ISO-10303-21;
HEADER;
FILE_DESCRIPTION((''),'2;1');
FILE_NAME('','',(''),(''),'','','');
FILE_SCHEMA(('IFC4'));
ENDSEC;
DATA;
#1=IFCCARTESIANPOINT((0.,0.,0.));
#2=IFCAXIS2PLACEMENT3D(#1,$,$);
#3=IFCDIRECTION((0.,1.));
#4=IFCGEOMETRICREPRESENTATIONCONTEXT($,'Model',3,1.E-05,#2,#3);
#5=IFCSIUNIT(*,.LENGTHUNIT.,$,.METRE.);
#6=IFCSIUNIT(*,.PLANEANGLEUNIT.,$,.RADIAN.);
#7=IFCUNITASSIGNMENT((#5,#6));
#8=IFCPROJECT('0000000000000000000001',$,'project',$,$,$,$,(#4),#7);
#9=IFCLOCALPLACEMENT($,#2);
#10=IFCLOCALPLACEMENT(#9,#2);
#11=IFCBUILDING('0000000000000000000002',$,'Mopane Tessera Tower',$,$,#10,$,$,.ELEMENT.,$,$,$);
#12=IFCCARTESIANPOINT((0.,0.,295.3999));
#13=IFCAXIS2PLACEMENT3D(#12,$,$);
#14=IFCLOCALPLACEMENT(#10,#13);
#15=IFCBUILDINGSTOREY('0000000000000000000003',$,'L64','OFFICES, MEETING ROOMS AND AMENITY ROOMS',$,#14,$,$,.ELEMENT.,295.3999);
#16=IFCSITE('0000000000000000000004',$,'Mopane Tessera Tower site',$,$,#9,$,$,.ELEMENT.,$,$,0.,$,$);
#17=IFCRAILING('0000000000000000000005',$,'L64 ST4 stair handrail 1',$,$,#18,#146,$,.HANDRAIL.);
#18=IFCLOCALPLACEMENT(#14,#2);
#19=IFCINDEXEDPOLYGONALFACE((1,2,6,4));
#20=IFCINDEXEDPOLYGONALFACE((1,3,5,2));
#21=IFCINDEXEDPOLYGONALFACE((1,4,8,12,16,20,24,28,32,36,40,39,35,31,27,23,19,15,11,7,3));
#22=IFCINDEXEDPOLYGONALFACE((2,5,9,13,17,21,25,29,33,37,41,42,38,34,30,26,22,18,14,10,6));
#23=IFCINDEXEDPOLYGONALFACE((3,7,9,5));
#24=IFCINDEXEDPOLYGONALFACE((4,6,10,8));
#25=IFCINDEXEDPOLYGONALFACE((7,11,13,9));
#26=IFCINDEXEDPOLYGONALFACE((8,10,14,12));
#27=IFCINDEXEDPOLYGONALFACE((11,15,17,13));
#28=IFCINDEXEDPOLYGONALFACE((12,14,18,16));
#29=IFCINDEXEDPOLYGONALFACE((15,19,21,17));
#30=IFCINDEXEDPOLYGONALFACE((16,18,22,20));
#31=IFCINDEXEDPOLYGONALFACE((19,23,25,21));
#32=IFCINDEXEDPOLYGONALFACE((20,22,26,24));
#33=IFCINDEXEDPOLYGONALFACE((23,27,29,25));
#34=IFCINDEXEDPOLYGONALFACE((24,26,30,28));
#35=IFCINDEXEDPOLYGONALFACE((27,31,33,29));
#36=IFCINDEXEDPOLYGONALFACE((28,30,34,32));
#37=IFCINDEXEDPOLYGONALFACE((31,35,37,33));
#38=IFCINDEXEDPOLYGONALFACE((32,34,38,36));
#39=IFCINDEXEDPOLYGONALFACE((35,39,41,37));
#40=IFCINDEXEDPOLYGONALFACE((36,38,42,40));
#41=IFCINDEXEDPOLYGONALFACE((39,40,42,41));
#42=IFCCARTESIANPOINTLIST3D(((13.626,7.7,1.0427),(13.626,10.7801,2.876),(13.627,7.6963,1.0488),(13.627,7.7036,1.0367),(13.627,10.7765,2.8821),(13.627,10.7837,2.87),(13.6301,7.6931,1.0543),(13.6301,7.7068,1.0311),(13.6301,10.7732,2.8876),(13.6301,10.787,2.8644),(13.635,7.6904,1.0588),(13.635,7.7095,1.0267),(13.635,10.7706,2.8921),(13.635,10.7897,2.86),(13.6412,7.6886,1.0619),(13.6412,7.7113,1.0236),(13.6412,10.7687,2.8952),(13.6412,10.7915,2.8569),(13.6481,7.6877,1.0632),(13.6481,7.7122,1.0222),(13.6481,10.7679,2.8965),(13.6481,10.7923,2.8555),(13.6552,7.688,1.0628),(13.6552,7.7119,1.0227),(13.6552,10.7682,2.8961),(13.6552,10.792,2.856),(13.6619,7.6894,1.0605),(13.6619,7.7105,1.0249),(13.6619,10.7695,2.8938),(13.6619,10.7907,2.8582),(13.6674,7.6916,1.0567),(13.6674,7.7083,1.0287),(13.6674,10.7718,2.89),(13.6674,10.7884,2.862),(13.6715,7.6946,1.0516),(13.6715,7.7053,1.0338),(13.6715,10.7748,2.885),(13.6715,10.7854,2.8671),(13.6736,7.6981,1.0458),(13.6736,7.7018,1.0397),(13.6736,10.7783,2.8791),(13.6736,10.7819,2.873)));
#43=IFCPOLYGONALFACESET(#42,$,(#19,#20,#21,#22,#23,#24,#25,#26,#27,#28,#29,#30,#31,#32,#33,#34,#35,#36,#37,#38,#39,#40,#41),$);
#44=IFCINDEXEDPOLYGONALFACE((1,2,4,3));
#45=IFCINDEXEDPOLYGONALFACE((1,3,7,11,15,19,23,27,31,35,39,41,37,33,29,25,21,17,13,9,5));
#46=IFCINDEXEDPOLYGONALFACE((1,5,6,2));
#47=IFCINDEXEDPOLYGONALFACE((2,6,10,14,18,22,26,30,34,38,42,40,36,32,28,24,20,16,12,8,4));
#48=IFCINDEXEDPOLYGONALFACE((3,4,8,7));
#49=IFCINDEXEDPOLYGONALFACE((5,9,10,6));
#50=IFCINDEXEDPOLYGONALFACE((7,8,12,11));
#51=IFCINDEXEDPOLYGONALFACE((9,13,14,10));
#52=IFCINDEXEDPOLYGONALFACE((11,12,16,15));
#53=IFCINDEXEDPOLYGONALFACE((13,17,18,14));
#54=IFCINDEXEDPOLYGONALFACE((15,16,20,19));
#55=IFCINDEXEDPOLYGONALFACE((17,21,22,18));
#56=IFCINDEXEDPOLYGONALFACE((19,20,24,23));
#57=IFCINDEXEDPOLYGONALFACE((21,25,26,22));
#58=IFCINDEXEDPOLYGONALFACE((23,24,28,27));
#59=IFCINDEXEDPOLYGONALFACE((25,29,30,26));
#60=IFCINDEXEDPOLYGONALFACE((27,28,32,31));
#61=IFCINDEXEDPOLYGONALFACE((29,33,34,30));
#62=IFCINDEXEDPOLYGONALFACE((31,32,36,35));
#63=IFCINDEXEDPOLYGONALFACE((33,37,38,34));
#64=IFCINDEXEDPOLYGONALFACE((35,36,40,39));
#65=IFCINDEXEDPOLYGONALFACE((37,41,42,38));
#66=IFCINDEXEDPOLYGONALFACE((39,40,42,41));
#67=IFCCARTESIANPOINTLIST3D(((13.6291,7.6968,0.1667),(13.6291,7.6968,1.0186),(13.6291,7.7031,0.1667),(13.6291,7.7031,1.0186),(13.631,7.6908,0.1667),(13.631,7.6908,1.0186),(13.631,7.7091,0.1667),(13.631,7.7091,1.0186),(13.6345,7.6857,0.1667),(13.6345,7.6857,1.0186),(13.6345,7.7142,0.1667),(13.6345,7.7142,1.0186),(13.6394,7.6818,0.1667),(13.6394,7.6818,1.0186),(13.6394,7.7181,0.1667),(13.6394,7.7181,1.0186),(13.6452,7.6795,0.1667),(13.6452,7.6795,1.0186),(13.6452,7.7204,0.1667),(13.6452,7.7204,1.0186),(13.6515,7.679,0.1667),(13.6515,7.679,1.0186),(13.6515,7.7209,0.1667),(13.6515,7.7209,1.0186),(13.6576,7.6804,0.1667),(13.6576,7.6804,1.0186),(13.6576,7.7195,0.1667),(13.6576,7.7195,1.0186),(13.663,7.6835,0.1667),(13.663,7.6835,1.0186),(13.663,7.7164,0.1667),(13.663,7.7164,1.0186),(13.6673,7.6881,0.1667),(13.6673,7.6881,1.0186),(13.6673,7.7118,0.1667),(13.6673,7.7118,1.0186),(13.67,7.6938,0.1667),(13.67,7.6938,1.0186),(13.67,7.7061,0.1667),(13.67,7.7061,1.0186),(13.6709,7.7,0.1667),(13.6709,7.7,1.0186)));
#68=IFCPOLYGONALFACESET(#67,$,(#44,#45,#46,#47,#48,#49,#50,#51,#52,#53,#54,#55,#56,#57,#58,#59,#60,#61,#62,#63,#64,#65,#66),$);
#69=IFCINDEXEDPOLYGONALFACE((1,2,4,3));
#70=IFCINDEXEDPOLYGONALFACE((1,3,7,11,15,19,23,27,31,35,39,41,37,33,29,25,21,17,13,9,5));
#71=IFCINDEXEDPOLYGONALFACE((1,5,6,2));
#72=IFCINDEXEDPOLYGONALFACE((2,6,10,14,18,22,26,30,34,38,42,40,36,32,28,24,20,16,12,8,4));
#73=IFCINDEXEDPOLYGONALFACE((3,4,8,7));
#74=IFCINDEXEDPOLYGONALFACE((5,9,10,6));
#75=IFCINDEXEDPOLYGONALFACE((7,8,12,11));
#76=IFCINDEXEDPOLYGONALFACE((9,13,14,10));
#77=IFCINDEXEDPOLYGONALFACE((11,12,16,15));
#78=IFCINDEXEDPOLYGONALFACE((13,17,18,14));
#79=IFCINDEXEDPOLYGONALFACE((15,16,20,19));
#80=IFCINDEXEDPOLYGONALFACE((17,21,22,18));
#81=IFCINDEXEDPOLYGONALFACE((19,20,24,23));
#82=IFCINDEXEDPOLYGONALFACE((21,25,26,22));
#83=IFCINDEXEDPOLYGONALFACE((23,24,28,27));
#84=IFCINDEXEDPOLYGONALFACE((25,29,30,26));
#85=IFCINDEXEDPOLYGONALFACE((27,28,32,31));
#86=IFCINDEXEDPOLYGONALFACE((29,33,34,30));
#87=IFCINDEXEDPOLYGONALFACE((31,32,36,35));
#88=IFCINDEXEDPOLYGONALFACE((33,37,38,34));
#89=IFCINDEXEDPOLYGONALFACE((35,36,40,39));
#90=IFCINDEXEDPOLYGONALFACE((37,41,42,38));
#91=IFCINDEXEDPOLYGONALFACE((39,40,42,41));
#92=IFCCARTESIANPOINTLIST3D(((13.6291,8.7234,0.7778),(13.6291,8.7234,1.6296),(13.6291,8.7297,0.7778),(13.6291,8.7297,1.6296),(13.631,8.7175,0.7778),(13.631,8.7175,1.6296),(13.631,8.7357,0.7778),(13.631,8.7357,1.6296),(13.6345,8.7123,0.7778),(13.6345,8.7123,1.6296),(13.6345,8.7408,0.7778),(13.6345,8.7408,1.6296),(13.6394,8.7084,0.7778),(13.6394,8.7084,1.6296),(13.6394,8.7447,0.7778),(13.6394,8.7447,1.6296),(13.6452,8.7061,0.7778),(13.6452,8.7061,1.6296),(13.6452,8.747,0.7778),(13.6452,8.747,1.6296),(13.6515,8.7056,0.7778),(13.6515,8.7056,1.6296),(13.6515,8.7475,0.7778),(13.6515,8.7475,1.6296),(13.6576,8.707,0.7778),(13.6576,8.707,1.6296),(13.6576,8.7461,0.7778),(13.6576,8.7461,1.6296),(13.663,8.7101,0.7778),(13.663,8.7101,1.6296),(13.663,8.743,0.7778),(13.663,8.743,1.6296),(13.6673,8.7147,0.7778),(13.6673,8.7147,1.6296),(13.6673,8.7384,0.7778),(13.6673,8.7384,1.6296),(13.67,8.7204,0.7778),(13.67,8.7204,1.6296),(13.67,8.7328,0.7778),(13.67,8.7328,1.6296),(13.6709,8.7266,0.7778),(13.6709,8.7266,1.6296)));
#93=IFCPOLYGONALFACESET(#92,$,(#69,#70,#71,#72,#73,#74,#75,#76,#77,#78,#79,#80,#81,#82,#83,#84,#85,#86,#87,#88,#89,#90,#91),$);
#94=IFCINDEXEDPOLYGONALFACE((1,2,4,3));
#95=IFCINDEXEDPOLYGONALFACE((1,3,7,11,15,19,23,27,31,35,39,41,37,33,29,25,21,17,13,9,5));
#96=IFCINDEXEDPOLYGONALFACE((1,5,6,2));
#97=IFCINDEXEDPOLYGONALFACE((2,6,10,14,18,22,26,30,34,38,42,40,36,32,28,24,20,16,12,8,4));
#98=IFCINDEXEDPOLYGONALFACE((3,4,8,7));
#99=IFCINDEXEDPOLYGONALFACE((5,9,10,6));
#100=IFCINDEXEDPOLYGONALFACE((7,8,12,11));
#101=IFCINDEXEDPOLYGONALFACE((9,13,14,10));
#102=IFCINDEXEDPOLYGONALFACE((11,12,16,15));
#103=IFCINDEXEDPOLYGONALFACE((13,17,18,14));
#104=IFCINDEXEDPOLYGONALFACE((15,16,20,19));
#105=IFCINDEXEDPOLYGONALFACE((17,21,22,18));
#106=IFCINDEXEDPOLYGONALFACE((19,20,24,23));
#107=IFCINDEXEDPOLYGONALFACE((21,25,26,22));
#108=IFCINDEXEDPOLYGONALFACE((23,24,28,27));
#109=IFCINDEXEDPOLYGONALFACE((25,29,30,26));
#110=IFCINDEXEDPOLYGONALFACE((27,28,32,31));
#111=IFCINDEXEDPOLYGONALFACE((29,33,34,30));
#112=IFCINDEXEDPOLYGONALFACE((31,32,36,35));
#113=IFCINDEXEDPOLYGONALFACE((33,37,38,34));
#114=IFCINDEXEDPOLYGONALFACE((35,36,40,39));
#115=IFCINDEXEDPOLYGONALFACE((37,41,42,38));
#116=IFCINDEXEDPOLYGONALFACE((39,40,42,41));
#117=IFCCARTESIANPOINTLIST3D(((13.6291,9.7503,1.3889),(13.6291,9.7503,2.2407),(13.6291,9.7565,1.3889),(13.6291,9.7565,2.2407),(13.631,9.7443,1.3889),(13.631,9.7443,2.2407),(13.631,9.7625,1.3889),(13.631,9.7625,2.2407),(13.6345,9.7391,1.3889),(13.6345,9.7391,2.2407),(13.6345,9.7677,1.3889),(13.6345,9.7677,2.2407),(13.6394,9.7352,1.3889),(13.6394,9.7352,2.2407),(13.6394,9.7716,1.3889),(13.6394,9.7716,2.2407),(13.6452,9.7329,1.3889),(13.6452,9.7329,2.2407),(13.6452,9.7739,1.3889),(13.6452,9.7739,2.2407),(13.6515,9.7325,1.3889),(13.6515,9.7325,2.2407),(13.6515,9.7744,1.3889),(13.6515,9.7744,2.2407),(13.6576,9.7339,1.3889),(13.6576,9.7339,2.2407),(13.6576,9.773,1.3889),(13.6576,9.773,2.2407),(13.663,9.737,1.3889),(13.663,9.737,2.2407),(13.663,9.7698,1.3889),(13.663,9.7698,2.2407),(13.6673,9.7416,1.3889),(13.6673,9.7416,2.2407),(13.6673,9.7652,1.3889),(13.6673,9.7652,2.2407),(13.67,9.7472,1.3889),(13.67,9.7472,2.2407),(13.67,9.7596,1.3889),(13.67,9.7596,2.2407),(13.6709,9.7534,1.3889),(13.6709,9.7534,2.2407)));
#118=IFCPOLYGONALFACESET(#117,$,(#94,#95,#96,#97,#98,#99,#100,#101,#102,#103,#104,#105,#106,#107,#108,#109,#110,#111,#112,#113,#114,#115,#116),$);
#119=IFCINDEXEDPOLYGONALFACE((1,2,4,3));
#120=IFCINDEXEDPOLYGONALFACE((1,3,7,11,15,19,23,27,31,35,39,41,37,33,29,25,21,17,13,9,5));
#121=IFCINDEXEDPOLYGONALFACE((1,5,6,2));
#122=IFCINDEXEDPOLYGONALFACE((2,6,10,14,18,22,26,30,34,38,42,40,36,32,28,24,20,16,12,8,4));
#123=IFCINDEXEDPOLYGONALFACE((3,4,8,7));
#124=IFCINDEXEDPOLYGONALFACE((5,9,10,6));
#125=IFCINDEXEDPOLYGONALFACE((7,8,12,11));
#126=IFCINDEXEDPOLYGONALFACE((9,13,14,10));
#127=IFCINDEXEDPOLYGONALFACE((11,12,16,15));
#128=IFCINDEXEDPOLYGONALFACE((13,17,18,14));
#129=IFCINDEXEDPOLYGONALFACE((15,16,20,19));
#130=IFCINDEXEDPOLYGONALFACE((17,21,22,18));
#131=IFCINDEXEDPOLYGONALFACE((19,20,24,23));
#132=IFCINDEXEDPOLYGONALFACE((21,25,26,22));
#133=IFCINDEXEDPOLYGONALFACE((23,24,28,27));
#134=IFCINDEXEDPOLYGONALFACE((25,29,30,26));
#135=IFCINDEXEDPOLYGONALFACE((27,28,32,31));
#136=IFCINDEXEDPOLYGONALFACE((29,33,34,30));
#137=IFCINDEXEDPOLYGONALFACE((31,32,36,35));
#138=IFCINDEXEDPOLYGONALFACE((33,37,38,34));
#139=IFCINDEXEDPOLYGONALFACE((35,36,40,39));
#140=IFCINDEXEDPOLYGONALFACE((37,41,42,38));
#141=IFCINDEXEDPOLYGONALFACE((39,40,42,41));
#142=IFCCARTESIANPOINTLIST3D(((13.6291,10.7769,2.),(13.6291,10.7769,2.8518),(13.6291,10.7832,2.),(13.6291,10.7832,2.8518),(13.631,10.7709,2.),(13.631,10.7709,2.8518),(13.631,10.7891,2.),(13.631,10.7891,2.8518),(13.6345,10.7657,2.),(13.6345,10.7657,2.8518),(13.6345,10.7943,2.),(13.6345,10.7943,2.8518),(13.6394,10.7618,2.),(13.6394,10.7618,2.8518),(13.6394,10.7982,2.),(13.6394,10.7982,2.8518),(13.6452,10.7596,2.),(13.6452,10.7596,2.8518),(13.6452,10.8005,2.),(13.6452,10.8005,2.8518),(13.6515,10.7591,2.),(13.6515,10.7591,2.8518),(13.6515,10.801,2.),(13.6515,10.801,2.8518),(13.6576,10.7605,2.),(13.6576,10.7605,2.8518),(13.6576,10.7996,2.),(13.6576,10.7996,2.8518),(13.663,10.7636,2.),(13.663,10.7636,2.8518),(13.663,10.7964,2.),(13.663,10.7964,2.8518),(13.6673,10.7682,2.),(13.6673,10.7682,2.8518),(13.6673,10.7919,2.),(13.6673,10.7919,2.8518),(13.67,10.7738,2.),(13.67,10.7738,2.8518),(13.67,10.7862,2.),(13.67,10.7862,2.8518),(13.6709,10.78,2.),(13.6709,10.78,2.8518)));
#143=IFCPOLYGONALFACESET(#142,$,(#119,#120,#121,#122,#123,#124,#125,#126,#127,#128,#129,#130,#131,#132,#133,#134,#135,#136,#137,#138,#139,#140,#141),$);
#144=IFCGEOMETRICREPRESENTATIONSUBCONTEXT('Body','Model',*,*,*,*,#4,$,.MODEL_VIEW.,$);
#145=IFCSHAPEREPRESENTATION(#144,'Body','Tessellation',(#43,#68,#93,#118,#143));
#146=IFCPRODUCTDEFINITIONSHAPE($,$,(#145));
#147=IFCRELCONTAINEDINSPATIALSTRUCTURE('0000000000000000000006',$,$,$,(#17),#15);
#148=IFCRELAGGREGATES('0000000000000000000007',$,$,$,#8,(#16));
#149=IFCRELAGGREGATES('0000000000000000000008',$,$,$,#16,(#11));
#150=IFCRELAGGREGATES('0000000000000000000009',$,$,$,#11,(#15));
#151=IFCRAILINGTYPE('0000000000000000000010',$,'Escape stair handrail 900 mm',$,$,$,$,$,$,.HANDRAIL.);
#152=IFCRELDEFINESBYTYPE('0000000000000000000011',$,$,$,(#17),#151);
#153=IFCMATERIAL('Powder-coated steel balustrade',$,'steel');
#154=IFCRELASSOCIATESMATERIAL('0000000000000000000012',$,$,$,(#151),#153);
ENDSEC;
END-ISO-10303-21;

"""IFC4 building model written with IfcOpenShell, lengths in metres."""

from ifc_helpers import new_model, si_unit, direction, frame, origin, origin_2d, place, context, subcontext, project, spatial, circle, extrude, material, type_object, element, save


model = new_model("IFC4")

# Units and contexts
model_context = context("Model", 3, precision=1e-05, world=origin(), true_north=direction((0.0, 1.0)))
body_context = subcontext(model_context, "Body", "Model", "MODEL_VIEW")
ifc_project = project(units=[si_unit("LENGTHUNIT", "METRE"), si_unit("PLANEANGLEUNIT", "RADIAN")], contexts=[model_context])

# Site, building, storey
site_placement = place(None, origin())
site = spatial("IfcSite", under=ifc_project, at=site_placement, Name="Mopane Tessera Tower site", CompositionType="ELEMENT", RefElevation=0.0)
building_placement = place(site_placement, origin())
building = spatial("IfcBuilding", under=site, at=building_placement, Name="Mopane Tessera Tower", CompositionType="ELEMENT")
storey_placement = place(building_placement, frame((0.0, 0.0, 295.3999)))
storey = spatial("IfcBuildingStorey", under=building, at=storey_placement, Name="L64", Description="OFFICES, MEETING ROOMS AND AMENITY ROOMS", CompositionType="ELEMENT", Elevation=295.3999)

# Railing
ifc_material_1 = material(Name="Powder-coated steel balustrade", Category="steel")
railing_type_1 = type_object("IfcRailingType", Name="Escape stair handrail 900 mm", PredefinedType="HANDRAIL", material=ifc_material_1)
railing_1_placement = place(storey_placement, frame((13.6499, 7.7, 0.1667)))
element("IfcRailing", 1, at=railing_1_placement, inside=storey, type_object=railing_type_1, Name="L64 ST4 stair handrail 1", PredefinedType="HANDRAIL", context=body_context, shape_type="SweptSolid", body=[
    extrude(circle(Radius=0.0239, at=origin_2d()), frame((0.0, 0.0, 0.876), z_axis=(0.0, 0.859309, 0.511458), x_axis=(-1.0, 0.0, 0.0)), (0.0, 0.0, 1.0), 3.5845),
    extrude(circle(Radius=0.021, at=origin_2d()), origin(), (0.0, 0.0, 1.0), 0.8518),
    extrude(circle(Radius=0.021, at=origin_2d()), frame((0.0, 1.0266, 0.6111)), (0.0, 0.0, 1.0), 0.8518),
    extrude(circle(Radius=0.021, at=origin_2d()), frame((0.0, 2.0535, 1.2222)), (0.0, 0.0, 1.0), 0.8518),
    extrude(circle(Radius=0.021, at=origin_2d()), frame((0.0, 3.0801, 1.8333)), (0.0, 0.0, 1.0), 0.8518),
])

save(model, "model.ifc")
